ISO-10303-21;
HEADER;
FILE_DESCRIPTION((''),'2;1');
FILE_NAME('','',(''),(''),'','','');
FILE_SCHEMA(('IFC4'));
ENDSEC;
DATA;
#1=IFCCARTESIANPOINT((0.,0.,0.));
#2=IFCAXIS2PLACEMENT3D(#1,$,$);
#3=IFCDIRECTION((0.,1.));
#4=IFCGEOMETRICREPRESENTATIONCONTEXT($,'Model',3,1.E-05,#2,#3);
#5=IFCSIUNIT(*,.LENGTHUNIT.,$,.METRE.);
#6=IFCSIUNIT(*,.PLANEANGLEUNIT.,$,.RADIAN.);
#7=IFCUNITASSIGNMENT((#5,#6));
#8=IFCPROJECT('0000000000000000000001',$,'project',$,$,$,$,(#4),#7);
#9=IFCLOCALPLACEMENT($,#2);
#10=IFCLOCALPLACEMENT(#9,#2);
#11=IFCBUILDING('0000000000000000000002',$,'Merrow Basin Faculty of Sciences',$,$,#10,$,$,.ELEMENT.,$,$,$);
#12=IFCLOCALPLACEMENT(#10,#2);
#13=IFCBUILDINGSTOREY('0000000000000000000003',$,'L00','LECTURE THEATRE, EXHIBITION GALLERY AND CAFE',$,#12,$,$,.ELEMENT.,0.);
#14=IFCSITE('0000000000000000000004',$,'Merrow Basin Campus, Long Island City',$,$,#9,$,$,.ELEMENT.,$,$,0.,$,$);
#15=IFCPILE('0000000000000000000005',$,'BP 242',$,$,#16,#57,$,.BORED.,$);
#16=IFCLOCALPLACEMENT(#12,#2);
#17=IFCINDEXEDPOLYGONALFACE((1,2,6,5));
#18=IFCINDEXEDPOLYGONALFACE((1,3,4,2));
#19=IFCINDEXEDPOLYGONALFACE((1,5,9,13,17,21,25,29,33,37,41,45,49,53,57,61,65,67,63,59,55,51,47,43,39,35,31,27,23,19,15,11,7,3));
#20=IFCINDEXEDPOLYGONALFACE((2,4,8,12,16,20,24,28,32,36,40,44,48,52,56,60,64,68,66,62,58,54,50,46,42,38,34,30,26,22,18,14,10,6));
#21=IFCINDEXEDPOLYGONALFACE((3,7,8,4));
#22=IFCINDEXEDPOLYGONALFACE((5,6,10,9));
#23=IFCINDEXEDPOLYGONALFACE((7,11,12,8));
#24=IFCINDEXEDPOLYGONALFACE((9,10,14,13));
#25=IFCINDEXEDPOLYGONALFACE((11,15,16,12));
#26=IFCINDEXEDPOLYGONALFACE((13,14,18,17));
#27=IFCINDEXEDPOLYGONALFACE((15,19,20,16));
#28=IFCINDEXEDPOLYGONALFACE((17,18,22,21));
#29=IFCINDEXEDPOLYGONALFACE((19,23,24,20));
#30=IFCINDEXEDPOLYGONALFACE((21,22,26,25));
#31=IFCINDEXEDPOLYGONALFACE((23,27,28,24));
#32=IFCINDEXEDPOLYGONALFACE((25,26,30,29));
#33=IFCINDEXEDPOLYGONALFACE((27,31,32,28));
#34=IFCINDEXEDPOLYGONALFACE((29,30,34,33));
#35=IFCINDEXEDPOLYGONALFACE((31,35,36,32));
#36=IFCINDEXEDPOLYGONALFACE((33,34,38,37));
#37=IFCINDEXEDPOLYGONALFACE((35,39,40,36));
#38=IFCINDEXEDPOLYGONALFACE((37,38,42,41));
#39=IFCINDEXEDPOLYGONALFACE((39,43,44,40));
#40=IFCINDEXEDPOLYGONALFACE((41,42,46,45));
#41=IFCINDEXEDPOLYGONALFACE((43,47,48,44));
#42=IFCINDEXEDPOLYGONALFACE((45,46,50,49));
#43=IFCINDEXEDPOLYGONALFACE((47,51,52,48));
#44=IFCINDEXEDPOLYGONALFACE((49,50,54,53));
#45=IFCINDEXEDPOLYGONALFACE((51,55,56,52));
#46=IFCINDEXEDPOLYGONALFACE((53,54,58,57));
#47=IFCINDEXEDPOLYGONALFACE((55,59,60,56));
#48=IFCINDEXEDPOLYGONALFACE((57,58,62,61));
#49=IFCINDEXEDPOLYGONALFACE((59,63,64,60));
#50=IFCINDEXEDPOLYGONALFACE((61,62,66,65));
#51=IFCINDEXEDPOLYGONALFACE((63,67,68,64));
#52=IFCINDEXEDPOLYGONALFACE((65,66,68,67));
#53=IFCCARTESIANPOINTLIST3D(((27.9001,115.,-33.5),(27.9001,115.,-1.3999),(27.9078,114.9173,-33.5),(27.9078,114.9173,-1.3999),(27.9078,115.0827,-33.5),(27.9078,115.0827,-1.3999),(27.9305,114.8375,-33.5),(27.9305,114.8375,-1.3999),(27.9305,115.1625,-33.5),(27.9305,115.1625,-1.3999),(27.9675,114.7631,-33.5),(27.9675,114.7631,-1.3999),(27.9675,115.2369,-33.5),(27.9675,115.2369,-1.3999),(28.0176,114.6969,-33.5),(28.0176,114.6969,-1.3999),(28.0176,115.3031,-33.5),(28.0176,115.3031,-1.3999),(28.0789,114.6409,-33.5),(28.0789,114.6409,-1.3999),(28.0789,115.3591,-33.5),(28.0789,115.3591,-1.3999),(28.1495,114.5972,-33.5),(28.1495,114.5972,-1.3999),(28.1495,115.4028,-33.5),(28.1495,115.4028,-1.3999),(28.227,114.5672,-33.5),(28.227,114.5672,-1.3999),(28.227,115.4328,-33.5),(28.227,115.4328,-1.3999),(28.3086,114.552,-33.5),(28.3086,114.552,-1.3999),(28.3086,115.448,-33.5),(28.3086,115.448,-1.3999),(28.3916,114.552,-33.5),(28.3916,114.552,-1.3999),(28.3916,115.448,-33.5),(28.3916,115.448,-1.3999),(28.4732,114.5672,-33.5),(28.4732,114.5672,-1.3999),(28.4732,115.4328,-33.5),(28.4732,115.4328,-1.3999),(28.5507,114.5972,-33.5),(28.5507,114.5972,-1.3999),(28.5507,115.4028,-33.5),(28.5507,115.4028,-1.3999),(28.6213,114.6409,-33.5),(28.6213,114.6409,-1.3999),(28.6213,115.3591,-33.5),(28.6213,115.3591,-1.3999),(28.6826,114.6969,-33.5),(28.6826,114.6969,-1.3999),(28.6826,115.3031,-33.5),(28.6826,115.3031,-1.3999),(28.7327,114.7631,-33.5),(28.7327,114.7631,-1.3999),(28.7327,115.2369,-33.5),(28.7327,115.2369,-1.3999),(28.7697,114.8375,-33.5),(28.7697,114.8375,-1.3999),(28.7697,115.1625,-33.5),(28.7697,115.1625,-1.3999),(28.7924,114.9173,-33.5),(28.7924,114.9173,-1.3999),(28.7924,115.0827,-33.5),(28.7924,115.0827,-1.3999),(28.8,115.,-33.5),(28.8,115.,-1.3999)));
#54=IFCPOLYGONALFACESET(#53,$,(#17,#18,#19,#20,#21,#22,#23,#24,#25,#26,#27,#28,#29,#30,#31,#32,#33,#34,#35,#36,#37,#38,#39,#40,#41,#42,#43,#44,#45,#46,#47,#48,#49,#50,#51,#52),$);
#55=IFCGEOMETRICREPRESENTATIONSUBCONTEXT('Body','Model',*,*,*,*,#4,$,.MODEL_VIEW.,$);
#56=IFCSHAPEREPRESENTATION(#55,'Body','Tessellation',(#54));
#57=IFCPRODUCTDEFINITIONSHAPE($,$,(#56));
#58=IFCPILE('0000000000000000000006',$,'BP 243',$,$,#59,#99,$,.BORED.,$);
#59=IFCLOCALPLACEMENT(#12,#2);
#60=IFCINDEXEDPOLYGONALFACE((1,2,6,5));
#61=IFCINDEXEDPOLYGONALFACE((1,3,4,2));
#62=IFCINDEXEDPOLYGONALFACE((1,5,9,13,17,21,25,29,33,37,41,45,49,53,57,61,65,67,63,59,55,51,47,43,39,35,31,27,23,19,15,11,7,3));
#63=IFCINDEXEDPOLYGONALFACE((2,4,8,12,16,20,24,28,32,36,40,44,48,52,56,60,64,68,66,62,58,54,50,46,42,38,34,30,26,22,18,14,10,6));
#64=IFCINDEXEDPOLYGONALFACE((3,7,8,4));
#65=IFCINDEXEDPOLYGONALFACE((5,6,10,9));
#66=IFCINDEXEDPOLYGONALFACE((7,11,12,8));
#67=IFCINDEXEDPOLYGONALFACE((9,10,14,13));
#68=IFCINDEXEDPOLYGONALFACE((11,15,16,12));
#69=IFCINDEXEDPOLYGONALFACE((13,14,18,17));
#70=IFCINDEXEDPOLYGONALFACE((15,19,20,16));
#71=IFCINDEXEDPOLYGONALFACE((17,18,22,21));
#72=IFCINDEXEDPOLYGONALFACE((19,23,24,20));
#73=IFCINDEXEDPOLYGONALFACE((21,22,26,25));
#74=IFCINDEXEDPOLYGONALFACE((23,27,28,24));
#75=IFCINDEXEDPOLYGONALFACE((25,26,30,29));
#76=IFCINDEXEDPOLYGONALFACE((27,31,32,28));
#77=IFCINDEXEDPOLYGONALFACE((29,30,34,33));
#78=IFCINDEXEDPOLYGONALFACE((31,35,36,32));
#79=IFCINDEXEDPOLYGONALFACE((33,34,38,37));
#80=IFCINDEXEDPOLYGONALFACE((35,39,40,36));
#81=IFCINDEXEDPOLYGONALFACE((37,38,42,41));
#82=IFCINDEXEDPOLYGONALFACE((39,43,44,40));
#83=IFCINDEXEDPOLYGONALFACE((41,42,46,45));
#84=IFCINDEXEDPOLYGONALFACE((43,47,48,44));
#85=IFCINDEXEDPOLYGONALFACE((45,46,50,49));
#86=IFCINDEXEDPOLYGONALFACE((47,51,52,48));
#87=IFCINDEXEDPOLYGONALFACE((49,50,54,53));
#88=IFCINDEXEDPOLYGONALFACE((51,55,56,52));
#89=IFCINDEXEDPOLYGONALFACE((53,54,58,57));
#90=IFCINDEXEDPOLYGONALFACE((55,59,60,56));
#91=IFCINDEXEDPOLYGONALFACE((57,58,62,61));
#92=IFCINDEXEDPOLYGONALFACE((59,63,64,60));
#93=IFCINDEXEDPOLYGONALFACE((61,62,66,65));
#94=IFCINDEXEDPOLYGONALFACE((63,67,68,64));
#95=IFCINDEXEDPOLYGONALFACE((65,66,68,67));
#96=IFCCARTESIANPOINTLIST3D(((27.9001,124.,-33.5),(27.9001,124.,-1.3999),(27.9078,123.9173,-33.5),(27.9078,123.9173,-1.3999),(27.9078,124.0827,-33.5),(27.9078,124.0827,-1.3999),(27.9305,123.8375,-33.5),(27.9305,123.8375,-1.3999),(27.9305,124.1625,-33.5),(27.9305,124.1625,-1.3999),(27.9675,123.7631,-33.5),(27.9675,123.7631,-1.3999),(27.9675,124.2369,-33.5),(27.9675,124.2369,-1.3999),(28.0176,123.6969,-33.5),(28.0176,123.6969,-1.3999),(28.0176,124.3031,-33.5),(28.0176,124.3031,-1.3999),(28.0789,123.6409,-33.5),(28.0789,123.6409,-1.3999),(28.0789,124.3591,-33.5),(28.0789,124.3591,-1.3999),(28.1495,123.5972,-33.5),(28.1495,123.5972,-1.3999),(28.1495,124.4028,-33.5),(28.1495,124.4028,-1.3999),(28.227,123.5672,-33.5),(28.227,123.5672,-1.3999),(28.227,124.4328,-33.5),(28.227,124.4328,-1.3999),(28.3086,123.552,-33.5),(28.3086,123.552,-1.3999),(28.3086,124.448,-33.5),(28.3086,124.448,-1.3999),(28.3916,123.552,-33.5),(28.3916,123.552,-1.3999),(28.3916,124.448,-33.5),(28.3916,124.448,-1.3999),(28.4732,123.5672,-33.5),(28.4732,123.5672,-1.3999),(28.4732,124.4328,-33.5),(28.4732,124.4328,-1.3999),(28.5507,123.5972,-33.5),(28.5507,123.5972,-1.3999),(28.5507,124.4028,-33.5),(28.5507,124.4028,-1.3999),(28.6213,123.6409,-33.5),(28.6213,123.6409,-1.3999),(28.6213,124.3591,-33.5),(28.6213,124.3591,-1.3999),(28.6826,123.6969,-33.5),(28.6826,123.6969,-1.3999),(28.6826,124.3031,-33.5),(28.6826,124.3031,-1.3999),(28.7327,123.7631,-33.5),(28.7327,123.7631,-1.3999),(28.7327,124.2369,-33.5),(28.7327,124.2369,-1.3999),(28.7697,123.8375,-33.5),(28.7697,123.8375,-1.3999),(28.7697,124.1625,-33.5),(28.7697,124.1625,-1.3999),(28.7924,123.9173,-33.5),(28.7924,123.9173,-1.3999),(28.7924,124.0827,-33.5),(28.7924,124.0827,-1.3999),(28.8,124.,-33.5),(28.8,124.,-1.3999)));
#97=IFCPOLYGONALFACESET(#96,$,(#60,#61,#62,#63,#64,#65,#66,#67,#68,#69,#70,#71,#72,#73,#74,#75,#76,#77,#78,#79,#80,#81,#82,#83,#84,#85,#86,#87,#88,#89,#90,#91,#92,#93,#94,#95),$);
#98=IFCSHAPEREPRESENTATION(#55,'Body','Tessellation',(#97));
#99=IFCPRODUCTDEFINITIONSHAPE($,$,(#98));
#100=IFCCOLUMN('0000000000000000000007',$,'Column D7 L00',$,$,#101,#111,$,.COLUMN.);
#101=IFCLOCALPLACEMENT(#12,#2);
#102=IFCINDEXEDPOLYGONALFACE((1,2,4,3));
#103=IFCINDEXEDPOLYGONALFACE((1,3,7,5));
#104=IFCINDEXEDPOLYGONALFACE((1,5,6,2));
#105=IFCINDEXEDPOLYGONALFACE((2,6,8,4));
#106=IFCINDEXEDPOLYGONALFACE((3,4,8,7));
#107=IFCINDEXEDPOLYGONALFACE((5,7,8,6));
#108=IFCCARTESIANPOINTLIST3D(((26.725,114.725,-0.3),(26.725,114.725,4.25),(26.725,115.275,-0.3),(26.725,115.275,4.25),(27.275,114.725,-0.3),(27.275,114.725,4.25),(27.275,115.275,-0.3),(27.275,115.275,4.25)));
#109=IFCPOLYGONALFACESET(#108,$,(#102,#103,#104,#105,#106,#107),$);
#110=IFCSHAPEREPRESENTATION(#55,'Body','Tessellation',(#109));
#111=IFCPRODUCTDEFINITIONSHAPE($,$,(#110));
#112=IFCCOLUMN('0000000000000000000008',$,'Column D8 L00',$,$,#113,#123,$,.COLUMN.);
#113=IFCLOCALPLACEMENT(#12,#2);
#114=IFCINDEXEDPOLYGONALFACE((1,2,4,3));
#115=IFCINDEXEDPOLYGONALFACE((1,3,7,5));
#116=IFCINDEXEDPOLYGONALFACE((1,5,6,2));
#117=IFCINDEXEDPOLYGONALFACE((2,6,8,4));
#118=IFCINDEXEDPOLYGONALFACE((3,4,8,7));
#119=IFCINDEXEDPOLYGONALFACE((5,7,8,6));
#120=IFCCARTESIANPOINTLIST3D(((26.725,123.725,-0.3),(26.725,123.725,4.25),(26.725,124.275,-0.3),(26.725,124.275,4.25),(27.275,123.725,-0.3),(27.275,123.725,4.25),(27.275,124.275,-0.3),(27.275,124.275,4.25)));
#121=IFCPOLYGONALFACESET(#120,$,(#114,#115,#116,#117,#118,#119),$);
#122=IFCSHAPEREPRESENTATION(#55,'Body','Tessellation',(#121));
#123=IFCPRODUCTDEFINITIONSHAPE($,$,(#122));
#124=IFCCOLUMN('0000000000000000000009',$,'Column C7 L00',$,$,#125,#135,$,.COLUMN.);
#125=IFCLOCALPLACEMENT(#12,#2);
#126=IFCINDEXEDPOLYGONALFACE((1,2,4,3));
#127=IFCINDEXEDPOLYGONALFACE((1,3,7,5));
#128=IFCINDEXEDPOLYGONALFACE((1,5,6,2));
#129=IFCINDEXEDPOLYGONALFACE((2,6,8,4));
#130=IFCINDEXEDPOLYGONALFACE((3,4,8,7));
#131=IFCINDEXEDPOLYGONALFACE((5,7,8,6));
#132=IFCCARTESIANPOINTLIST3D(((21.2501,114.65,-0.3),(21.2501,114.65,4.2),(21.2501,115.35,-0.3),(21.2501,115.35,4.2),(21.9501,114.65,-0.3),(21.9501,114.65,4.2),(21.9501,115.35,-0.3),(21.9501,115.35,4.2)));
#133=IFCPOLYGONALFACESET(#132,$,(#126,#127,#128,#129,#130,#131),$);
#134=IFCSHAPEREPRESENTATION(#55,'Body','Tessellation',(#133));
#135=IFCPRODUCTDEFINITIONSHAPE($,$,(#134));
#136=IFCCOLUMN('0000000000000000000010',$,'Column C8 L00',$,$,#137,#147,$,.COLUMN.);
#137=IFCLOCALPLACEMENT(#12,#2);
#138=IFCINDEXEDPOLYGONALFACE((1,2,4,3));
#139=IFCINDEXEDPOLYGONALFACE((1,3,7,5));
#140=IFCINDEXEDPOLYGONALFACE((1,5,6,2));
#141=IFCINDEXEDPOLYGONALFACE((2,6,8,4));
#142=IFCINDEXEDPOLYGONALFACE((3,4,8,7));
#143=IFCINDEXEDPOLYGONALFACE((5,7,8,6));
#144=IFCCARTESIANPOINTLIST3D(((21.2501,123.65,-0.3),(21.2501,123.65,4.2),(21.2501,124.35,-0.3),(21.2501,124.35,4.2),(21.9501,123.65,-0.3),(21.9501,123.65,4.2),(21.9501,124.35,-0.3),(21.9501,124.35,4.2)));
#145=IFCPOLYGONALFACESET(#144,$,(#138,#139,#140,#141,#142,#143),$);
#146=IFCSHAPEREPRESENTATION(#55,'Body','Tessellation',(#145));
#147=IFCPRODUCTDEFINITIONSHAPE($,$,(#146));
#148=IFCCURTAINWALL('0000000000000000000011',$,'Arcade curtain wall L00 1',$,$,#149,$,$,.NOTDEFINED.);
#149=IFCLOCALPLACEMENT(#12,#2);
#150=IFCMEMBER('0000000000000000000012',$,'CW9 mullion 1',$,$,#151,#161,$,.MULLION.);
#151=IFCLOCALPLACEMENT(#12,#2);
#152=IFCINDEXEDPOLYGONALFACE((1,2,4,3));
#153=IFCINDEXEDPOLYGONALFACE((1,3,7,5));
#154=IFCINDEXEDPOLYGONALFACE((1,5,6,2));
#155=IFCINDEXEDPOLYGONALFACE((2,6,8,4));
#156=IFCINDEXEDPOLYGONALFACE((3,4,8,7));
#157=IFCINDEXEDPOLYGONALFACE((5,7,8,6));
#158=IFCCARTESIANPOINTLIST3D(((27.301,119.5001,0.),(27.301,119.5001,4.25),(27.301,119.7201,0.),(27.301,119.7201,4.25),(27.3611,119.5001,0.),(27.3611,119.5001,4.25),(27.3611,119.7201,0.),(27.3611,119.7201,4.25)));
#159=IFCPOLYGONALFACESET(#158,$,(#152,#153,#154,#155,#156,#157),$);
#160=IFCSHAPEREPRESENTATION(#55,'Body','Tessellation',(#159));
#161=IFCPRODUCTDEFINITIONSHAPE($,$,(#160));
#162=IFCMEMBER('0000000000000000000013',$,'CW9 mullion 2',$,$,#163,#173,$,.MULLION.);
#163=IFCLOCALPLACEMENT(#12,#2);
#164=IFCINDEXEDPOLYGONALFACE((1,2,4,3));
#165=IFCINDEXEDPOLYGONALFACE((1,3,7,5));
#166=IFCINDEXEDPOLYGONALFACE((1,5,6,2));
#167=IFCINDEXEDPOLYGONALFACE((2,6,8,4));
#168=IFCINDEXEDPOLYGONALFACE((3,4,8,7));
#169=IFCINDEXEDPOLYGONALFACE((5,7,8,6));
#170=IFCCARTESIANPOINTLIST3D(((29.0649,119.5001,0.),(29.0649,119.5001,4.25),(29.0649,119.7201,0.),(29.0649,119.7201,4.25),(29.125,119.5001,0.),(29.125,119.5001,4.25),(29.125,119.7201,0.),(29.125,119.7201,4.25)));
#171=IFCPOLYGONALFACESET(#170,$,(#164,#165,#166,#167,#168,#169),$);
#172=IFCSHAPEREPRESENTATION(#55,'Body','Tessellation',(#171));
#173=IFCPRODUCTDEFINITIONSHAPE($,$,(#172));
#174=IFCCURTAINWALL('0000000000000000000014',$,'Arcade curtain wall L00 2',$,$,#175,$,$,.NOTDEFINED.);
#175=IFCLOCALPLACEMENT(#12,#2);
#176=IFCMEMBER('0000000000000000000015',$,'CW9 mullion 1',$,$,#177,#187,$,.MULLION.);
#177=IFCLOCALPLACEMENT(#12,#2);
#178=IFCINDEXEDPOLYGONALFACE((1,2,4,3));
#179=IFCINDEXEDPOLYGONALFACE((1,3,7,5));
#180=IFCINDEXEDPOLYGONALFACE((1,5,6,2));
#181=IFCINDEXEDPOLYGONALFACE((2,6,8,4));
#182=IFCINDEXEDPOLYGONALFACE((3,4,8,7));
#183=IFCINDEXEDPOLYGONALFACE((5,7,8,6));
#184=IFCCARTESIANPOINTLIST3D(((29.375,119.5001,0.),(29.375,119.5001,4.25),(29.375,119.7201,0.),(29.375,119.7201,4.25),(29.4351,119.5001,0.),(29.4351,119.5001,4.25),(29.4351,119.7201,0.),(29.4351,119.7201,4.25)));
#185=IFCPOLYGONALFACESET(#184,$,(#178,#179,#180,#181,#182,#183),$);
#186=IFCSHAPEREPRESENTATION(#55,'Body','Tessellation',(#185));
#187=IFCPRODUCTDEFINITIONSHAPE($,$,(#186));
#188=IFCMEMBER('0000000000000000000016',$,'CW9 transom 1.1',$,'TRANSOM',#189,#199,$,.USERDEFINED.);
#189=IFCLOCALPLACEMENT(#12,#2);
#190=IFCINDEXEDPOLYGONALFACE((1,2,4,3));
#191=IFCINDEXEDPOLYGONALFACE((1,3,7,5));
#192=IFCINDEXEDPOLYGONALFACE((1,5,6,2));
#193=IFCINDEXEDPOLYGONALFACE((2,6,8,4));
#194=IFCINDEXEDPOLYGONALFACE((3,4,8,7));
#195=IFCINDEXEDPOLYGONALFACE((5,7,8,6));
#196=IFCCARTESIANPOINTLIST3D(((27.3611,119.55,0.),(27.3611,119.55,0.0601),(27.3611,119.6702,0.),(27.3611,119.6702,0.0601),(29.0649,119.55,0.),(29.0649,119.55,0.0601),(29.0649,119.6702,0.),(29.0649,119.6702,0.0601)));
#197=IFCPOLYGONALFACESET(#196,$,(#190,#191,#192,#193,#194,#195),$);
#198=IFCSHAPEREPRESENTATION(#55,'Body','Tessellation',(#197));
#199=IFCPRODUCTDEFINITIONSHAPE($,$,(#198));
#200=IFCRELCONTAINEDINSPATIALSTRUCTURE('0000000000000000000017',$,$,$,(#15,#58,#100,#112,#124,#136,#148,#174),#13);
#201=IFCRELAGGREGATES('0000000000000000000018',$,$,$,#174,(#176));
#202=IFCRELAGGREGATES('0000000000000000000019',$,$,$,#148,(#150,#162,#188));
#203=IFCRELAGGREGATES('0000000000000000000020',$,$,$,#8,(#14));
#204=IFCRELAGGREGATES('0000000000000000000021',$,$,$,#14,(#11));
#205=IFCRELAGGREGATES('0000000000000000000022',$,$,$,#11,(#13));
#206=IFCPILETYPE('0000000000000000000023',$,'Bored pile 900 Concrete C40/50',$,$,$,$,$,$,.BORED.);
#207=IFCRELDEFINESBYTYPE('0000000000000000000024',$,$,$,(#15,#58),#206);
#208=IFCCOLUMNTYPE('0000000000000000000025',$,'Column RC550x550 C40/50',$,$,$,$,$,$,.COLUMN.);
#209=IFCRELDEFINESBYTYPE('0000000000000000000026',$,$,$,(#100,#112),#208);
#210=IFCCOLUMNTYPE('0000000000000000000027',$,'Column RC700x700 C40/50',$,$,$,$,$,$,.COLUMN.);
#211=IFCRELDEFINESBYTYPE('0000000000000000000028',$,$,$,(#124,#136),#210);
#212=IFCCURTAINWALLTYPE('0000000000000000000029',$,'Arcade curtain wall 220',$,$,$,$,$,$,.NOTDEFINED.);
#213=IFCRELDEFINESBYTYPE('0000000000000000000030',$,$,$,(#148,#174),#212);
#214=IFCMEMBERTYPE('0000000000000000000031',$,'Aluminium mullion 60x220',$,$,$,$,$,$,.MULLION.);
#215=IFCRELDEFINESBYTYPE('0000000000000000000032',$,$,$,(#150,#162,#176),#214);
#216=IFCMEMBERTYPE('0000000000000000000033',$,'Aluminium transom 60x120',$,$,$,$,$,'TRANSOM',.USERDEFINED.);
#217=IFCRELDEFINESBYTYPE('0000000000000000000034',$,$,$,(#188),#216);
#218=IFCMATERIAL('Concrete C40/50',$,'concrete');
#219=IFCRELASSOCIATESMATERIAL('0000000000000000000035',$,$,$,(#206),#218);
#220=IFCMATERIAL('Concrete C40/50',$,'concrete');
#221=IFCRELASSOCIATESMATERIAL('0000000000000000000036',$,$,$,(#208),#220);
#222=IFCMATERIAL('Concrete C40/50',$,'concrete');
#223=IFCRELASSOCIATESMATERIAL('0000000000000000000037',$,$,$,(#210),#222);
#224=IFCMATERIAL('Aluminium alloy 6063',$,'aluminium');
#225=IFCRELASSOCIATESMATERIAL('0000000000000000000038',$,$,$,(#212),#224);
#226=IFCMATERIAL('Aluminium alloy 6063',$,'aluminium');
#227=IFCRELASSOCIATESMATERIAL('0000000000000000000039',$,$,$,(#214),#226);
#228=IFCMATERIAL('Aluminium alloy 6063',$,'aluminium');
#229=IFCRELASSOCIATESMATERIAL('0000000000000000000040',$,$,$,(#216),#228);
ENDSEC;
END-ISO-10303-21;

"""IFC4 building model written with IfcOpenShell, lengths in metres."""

from ifc_helpers import new_model, si_unit, direction, frame, origin, origin_2d, place, context, subcontext, project, spatial, rectangle, circle, extrude, material, material_profile, profile_set, type_object, element, aggregate, save


model = new_model("IFC4")

# Units and contexts
model_context = context("Model", 3, precision=1e-05, world=origin(), true_north=direction((0.0, 1.0)))
body_context = subcontext(model_context, "Body", "Model", "MODEL_VIEW")
ifc_project = project(units=[si_unit("LENGTHUNIT", "METRE"), si_unit("PLANEANGLEUNIT", "RADIAN")], contexts=[model_context])

# Site, building, storey
site_placement = place(None, origin())
site = spatial("IfcSite", under=ifc_project, at=site_placement, Name="Merrow Basin Campus, Long Island City", CompositionType="ELEMENT", RefElevation=0.0)
building_placement = place(site_placement, origin())
building = spatial("IfcBuilding", under=site, at=building_placement, Name="Merrow Basin Faculty of Sciences", CompositionType="ELEMENT")
storey_placement = place(building_placement, origin())
storey = spatial("IfcBuildingStorey", under=building, at=storey_placement, Name="L00", Description="LECTURE THEATRE, EXHIBITION GALLERY AND CAFE", CompositionType="ELEMENT", Elevation=0.0)

# Piles
ifc_material_1 = material(Name="Concrete C40/50", Category="concrete")
ifc_material_profile_1 = material_profile(ifc_material_1, circle(Radius=0.45, at=origin_2d()))
ifc_profile_set_1 = profile_set([ifc_material_profile_1], Name="Concrete C40/50")
pile_type = type_object("IfcPileType", Name="Bored pile 900 Concrete C40/50", PredefinedType="BORED", material=ifc_profile_set_1)
for number, where, z_axis, x_axis, name in (
    (1, (28.3501, 115.0, -1.3999), (0.0, 0.0, -1.0), (1.0, 0.0, 0.0), "BP 242"),
    (2, (28.3501, 124.0, -1.3999), (0.0, 0.0, -1.0), (1.0, 0.0, 0.0), "BP 243"),
):
    element("IfcPile", number, at=place(storey_placement, frame(where, z_axis=z_axis, x_axis=x_axis)), inside=storey, type_object=pile_type, Name=name, PredefinedType="BORED", context=body_context, shape_type="SweptSolid", body=[
        extrude(circle(Radius=0.45, at=origin_2d()), origin(), (0.0, 0.0, 1.0), 32.1001),
    ])

# Columns
ifc_material_2 = material(Name="Concrete C40/50", Category="concrete")
ifc_material_profile_2 = material_profile(ifc_material_2, rectangle(XDim=0.55, YDim=0.55, at=origin_2d()))
ifc_profile_set_2 = profile_set([ifc_material_profile_2], Name="Concrete C40/50")
column_type_1 = type_object("IfcColumnType", Name="Column RC550x550 C40/50", PredefinedType="COLUMN", material=ifc_profile_set_2)
for number, where, z_axis, x_axis, name in (
    (3, (27.0, 115.0, -0.3), (0.0, 0.0, 1.0), (1.0, 0.0, 0.0), "Column D7 L00"),
    (4, (27.0, 124.0, -0.3), (0.0, 0.0, 1.0), (1.0, 0.0, 0.0), "Column D8 L00"),
):
    element("IfcColumn", number, at=place(storey_placement, frame(where, z_axis=z_axis, x_axis=x_axis)), inside=storey, type_object=column_type_1, Name=name, PredefinedType="COLUMN", context=body_context, shape_type="SweptSolid", body=[
        extrude(rectangle(XDim=0.55, YDim=0.55, at=origin_2d()), origin(), (0.0, 0.0, 1.0), 4.55),
    ])
ifc_material_3 = material(Name="Concrete C40/50", Category="concrete")
ifc_material_profile_3 = material_profile(ifc_material_3, rectangle(XDim=0.7, YDim=0.7, at=origin_2d()))
ifc_profile_set_3 = profile_set([ifc_material_profile_3], Name="Concrete C40/50")
column_type_2 = type_object("IfcColumnType", Name="Column RC700x700 C40/50", PredefinedType="COLUMN", material=ifc_profile_set_3)
for number, where, z_axis, x_axis, name in (
    (5, (21.6001, 115.0, -0.3), (0.0, 0.0, 1.0), (1.0, 0.0, 0.0), "Column C7 L00"),
    (6, (21.6001, 124.0, -0.3), (0.0, 0.0, 1.0), (1.0, 0.0, 0.0), "Column C8 L00"),
):
    element("IfcColumn", number, at=place(storey_placement, frame(where, z_axis=z_axis, x_axis=x_axis)), inside=storey, type_object=column_type_2, Name=name, PredefinedType="COLUMN", context=body_context, shape_type="SweptSolid", body=[
        extrude(rectangle(XDim=0.7, YDim=0.7, at=origin_2d()), origin(), (0.0, 0.0, 1.0), 4.5),
    ])

# Curtain wall, members
ifc_material_4 = material(Name="Aluminium alloy 6063", Category="aluminium")
curtain_wall_type = type_object("IfcCurtainWallType", Name="Arcade curtain wall 220", PredefinedType="NOTDEFINED", material=ifc_material_4)
curtain_wall_1_placement = place(storey_placement, origin())
curtain_wall_1 = element("IfcCurtainWall", 7, at=curtain_wall_1_placement, inside=storey, type_object=curtain_wall_type, Name="Arcade curtain wall L00 1", PredefinedType="NOTDEFINED")
ifc_material_5 = material(Name="Aluminium alloy 6063", Category="aluminium")
ifc_material_profile_4 = material_profile(ifc_material_5, rectangle(XDim=0.22, YDim=0.0601, at=origin_2d()))
ifc_profile_set_4 = profile_set([ifc_material_profile_4], Name="Aluminium alloy 6063")
member_type_1 = type_object("IfcMemberType", Name="Aluminium mullion 60x220", PredefinedType="MULLION", material=ifc_profile_set_4)
member_1_placement = place(storey_placement, frame((27.3311, 119.6101, 0.0), z_axis=(0.0, 0.0, 1.0), x_axis=(0.0, 1.0, 0.0)))
member_1 = element("IfcMember", 8, at=member_1_placement, type_object=member_type_1, Name="CW9 mullion 1", PredefinedType="MULLION", context=body_context, shape_type="SweptSolid", body=[
    extrude(rectangle(XDim=0.22, YDim=0.0601, at=origin_2d()), origin(), (0.0, 0.0, 1.0), 4.25),
])
member_2_placement = place(storey_placement, frame((29.095, 119.6101, 0.0), z_axis=(0.0, 0.0, 1.0), x_axis=(0.0, 1.0, 0.0)))
member_2 = element("IfcMember", 9, at=member_2_placement, type_object=member_type_1, Name="CW9 mullion 2", PredefinedType="MULLION", context=body_context, shape_type="SweptSolid", body=[
    extrude(rectangle(XDim=0.22, YDim=0.0601, at=origin_2d()), origin(), (0.0, 0.0, 1.0), 4.25),
])

# Curtain wall, member
curtain_wall_2_placement = place(storey_placement, origin())
curtain_wall_2 = element("IfcCurtainWall", 10, at=curtain_wall_2_placement, inside=storey, type_object=curtain_wall_type, Name="Arcade curtain wall L00 2", PredefinedType="NOTDEFINED")
member_3_placement = place(storey_placement, frame((29.405, 119.6101, 0.0), z_axis=(0.0, 0.0, 1.0), x_axis=(0.0, 1.0, 0.0)))
member_3 = element("IfcMember", 11, at=member_3_placement, type_object=member_type_1, Name="CW9 mullion 1", PredefinedType="MULLION", context=body_context, shape_type="SweptSolid", body=[
    extrude(rectangle(XDim=0.22, YDim=0.0601, at=origin_2d()), origin(), (0.0, 0.0, 1.0), 4.25),
])
aggregate(curtain_wall_2, [member_3])

# Member
ifc_material_6 = material(Name="Aluminium alloy 6063", Category="aluminium")
ifc_material_profile_5 = material_profile(ifc_material_6, rectangle(XDim=0.1201, YDim=0.0601, at=origin_2d()))
ifc_profile_set_5 = profile_set([ifc_material_profile_5], Name="Aluminium alloy 6063")
member_type_2 = type_object("IfcMemberType", Name="Aluminium transom 60x120", ElementType="TRANSOM", PredefinedType="USERDEFINED", material=ifc_profile_set_5)
member_4_placement = place(storey_placement, frame((27.3611, 119.6101, 0.03), z_axis=(1.0, 0.0, 0.0), x_axis=(0.0, 1.0, 0.0)))
member_4 = element("IfcMember", 12, at=member_4_placement, type_object=member_type_2, Name="CW9 transom 1.1", ObjectType="TRANSOM", PredefinedType="USERDEFINED", context=body_context, shape_type="SweptSolid", body=[
    extrude(rectangle(XDim=0.1201, YDim=0.0601, at=origin_2d()), origin(), (0.0, 0.0, 1.0), 1.7039),
])

aggregate(curtain_wall_1, [member_1, member_2, member_4])

save(model, "model.ifc")
